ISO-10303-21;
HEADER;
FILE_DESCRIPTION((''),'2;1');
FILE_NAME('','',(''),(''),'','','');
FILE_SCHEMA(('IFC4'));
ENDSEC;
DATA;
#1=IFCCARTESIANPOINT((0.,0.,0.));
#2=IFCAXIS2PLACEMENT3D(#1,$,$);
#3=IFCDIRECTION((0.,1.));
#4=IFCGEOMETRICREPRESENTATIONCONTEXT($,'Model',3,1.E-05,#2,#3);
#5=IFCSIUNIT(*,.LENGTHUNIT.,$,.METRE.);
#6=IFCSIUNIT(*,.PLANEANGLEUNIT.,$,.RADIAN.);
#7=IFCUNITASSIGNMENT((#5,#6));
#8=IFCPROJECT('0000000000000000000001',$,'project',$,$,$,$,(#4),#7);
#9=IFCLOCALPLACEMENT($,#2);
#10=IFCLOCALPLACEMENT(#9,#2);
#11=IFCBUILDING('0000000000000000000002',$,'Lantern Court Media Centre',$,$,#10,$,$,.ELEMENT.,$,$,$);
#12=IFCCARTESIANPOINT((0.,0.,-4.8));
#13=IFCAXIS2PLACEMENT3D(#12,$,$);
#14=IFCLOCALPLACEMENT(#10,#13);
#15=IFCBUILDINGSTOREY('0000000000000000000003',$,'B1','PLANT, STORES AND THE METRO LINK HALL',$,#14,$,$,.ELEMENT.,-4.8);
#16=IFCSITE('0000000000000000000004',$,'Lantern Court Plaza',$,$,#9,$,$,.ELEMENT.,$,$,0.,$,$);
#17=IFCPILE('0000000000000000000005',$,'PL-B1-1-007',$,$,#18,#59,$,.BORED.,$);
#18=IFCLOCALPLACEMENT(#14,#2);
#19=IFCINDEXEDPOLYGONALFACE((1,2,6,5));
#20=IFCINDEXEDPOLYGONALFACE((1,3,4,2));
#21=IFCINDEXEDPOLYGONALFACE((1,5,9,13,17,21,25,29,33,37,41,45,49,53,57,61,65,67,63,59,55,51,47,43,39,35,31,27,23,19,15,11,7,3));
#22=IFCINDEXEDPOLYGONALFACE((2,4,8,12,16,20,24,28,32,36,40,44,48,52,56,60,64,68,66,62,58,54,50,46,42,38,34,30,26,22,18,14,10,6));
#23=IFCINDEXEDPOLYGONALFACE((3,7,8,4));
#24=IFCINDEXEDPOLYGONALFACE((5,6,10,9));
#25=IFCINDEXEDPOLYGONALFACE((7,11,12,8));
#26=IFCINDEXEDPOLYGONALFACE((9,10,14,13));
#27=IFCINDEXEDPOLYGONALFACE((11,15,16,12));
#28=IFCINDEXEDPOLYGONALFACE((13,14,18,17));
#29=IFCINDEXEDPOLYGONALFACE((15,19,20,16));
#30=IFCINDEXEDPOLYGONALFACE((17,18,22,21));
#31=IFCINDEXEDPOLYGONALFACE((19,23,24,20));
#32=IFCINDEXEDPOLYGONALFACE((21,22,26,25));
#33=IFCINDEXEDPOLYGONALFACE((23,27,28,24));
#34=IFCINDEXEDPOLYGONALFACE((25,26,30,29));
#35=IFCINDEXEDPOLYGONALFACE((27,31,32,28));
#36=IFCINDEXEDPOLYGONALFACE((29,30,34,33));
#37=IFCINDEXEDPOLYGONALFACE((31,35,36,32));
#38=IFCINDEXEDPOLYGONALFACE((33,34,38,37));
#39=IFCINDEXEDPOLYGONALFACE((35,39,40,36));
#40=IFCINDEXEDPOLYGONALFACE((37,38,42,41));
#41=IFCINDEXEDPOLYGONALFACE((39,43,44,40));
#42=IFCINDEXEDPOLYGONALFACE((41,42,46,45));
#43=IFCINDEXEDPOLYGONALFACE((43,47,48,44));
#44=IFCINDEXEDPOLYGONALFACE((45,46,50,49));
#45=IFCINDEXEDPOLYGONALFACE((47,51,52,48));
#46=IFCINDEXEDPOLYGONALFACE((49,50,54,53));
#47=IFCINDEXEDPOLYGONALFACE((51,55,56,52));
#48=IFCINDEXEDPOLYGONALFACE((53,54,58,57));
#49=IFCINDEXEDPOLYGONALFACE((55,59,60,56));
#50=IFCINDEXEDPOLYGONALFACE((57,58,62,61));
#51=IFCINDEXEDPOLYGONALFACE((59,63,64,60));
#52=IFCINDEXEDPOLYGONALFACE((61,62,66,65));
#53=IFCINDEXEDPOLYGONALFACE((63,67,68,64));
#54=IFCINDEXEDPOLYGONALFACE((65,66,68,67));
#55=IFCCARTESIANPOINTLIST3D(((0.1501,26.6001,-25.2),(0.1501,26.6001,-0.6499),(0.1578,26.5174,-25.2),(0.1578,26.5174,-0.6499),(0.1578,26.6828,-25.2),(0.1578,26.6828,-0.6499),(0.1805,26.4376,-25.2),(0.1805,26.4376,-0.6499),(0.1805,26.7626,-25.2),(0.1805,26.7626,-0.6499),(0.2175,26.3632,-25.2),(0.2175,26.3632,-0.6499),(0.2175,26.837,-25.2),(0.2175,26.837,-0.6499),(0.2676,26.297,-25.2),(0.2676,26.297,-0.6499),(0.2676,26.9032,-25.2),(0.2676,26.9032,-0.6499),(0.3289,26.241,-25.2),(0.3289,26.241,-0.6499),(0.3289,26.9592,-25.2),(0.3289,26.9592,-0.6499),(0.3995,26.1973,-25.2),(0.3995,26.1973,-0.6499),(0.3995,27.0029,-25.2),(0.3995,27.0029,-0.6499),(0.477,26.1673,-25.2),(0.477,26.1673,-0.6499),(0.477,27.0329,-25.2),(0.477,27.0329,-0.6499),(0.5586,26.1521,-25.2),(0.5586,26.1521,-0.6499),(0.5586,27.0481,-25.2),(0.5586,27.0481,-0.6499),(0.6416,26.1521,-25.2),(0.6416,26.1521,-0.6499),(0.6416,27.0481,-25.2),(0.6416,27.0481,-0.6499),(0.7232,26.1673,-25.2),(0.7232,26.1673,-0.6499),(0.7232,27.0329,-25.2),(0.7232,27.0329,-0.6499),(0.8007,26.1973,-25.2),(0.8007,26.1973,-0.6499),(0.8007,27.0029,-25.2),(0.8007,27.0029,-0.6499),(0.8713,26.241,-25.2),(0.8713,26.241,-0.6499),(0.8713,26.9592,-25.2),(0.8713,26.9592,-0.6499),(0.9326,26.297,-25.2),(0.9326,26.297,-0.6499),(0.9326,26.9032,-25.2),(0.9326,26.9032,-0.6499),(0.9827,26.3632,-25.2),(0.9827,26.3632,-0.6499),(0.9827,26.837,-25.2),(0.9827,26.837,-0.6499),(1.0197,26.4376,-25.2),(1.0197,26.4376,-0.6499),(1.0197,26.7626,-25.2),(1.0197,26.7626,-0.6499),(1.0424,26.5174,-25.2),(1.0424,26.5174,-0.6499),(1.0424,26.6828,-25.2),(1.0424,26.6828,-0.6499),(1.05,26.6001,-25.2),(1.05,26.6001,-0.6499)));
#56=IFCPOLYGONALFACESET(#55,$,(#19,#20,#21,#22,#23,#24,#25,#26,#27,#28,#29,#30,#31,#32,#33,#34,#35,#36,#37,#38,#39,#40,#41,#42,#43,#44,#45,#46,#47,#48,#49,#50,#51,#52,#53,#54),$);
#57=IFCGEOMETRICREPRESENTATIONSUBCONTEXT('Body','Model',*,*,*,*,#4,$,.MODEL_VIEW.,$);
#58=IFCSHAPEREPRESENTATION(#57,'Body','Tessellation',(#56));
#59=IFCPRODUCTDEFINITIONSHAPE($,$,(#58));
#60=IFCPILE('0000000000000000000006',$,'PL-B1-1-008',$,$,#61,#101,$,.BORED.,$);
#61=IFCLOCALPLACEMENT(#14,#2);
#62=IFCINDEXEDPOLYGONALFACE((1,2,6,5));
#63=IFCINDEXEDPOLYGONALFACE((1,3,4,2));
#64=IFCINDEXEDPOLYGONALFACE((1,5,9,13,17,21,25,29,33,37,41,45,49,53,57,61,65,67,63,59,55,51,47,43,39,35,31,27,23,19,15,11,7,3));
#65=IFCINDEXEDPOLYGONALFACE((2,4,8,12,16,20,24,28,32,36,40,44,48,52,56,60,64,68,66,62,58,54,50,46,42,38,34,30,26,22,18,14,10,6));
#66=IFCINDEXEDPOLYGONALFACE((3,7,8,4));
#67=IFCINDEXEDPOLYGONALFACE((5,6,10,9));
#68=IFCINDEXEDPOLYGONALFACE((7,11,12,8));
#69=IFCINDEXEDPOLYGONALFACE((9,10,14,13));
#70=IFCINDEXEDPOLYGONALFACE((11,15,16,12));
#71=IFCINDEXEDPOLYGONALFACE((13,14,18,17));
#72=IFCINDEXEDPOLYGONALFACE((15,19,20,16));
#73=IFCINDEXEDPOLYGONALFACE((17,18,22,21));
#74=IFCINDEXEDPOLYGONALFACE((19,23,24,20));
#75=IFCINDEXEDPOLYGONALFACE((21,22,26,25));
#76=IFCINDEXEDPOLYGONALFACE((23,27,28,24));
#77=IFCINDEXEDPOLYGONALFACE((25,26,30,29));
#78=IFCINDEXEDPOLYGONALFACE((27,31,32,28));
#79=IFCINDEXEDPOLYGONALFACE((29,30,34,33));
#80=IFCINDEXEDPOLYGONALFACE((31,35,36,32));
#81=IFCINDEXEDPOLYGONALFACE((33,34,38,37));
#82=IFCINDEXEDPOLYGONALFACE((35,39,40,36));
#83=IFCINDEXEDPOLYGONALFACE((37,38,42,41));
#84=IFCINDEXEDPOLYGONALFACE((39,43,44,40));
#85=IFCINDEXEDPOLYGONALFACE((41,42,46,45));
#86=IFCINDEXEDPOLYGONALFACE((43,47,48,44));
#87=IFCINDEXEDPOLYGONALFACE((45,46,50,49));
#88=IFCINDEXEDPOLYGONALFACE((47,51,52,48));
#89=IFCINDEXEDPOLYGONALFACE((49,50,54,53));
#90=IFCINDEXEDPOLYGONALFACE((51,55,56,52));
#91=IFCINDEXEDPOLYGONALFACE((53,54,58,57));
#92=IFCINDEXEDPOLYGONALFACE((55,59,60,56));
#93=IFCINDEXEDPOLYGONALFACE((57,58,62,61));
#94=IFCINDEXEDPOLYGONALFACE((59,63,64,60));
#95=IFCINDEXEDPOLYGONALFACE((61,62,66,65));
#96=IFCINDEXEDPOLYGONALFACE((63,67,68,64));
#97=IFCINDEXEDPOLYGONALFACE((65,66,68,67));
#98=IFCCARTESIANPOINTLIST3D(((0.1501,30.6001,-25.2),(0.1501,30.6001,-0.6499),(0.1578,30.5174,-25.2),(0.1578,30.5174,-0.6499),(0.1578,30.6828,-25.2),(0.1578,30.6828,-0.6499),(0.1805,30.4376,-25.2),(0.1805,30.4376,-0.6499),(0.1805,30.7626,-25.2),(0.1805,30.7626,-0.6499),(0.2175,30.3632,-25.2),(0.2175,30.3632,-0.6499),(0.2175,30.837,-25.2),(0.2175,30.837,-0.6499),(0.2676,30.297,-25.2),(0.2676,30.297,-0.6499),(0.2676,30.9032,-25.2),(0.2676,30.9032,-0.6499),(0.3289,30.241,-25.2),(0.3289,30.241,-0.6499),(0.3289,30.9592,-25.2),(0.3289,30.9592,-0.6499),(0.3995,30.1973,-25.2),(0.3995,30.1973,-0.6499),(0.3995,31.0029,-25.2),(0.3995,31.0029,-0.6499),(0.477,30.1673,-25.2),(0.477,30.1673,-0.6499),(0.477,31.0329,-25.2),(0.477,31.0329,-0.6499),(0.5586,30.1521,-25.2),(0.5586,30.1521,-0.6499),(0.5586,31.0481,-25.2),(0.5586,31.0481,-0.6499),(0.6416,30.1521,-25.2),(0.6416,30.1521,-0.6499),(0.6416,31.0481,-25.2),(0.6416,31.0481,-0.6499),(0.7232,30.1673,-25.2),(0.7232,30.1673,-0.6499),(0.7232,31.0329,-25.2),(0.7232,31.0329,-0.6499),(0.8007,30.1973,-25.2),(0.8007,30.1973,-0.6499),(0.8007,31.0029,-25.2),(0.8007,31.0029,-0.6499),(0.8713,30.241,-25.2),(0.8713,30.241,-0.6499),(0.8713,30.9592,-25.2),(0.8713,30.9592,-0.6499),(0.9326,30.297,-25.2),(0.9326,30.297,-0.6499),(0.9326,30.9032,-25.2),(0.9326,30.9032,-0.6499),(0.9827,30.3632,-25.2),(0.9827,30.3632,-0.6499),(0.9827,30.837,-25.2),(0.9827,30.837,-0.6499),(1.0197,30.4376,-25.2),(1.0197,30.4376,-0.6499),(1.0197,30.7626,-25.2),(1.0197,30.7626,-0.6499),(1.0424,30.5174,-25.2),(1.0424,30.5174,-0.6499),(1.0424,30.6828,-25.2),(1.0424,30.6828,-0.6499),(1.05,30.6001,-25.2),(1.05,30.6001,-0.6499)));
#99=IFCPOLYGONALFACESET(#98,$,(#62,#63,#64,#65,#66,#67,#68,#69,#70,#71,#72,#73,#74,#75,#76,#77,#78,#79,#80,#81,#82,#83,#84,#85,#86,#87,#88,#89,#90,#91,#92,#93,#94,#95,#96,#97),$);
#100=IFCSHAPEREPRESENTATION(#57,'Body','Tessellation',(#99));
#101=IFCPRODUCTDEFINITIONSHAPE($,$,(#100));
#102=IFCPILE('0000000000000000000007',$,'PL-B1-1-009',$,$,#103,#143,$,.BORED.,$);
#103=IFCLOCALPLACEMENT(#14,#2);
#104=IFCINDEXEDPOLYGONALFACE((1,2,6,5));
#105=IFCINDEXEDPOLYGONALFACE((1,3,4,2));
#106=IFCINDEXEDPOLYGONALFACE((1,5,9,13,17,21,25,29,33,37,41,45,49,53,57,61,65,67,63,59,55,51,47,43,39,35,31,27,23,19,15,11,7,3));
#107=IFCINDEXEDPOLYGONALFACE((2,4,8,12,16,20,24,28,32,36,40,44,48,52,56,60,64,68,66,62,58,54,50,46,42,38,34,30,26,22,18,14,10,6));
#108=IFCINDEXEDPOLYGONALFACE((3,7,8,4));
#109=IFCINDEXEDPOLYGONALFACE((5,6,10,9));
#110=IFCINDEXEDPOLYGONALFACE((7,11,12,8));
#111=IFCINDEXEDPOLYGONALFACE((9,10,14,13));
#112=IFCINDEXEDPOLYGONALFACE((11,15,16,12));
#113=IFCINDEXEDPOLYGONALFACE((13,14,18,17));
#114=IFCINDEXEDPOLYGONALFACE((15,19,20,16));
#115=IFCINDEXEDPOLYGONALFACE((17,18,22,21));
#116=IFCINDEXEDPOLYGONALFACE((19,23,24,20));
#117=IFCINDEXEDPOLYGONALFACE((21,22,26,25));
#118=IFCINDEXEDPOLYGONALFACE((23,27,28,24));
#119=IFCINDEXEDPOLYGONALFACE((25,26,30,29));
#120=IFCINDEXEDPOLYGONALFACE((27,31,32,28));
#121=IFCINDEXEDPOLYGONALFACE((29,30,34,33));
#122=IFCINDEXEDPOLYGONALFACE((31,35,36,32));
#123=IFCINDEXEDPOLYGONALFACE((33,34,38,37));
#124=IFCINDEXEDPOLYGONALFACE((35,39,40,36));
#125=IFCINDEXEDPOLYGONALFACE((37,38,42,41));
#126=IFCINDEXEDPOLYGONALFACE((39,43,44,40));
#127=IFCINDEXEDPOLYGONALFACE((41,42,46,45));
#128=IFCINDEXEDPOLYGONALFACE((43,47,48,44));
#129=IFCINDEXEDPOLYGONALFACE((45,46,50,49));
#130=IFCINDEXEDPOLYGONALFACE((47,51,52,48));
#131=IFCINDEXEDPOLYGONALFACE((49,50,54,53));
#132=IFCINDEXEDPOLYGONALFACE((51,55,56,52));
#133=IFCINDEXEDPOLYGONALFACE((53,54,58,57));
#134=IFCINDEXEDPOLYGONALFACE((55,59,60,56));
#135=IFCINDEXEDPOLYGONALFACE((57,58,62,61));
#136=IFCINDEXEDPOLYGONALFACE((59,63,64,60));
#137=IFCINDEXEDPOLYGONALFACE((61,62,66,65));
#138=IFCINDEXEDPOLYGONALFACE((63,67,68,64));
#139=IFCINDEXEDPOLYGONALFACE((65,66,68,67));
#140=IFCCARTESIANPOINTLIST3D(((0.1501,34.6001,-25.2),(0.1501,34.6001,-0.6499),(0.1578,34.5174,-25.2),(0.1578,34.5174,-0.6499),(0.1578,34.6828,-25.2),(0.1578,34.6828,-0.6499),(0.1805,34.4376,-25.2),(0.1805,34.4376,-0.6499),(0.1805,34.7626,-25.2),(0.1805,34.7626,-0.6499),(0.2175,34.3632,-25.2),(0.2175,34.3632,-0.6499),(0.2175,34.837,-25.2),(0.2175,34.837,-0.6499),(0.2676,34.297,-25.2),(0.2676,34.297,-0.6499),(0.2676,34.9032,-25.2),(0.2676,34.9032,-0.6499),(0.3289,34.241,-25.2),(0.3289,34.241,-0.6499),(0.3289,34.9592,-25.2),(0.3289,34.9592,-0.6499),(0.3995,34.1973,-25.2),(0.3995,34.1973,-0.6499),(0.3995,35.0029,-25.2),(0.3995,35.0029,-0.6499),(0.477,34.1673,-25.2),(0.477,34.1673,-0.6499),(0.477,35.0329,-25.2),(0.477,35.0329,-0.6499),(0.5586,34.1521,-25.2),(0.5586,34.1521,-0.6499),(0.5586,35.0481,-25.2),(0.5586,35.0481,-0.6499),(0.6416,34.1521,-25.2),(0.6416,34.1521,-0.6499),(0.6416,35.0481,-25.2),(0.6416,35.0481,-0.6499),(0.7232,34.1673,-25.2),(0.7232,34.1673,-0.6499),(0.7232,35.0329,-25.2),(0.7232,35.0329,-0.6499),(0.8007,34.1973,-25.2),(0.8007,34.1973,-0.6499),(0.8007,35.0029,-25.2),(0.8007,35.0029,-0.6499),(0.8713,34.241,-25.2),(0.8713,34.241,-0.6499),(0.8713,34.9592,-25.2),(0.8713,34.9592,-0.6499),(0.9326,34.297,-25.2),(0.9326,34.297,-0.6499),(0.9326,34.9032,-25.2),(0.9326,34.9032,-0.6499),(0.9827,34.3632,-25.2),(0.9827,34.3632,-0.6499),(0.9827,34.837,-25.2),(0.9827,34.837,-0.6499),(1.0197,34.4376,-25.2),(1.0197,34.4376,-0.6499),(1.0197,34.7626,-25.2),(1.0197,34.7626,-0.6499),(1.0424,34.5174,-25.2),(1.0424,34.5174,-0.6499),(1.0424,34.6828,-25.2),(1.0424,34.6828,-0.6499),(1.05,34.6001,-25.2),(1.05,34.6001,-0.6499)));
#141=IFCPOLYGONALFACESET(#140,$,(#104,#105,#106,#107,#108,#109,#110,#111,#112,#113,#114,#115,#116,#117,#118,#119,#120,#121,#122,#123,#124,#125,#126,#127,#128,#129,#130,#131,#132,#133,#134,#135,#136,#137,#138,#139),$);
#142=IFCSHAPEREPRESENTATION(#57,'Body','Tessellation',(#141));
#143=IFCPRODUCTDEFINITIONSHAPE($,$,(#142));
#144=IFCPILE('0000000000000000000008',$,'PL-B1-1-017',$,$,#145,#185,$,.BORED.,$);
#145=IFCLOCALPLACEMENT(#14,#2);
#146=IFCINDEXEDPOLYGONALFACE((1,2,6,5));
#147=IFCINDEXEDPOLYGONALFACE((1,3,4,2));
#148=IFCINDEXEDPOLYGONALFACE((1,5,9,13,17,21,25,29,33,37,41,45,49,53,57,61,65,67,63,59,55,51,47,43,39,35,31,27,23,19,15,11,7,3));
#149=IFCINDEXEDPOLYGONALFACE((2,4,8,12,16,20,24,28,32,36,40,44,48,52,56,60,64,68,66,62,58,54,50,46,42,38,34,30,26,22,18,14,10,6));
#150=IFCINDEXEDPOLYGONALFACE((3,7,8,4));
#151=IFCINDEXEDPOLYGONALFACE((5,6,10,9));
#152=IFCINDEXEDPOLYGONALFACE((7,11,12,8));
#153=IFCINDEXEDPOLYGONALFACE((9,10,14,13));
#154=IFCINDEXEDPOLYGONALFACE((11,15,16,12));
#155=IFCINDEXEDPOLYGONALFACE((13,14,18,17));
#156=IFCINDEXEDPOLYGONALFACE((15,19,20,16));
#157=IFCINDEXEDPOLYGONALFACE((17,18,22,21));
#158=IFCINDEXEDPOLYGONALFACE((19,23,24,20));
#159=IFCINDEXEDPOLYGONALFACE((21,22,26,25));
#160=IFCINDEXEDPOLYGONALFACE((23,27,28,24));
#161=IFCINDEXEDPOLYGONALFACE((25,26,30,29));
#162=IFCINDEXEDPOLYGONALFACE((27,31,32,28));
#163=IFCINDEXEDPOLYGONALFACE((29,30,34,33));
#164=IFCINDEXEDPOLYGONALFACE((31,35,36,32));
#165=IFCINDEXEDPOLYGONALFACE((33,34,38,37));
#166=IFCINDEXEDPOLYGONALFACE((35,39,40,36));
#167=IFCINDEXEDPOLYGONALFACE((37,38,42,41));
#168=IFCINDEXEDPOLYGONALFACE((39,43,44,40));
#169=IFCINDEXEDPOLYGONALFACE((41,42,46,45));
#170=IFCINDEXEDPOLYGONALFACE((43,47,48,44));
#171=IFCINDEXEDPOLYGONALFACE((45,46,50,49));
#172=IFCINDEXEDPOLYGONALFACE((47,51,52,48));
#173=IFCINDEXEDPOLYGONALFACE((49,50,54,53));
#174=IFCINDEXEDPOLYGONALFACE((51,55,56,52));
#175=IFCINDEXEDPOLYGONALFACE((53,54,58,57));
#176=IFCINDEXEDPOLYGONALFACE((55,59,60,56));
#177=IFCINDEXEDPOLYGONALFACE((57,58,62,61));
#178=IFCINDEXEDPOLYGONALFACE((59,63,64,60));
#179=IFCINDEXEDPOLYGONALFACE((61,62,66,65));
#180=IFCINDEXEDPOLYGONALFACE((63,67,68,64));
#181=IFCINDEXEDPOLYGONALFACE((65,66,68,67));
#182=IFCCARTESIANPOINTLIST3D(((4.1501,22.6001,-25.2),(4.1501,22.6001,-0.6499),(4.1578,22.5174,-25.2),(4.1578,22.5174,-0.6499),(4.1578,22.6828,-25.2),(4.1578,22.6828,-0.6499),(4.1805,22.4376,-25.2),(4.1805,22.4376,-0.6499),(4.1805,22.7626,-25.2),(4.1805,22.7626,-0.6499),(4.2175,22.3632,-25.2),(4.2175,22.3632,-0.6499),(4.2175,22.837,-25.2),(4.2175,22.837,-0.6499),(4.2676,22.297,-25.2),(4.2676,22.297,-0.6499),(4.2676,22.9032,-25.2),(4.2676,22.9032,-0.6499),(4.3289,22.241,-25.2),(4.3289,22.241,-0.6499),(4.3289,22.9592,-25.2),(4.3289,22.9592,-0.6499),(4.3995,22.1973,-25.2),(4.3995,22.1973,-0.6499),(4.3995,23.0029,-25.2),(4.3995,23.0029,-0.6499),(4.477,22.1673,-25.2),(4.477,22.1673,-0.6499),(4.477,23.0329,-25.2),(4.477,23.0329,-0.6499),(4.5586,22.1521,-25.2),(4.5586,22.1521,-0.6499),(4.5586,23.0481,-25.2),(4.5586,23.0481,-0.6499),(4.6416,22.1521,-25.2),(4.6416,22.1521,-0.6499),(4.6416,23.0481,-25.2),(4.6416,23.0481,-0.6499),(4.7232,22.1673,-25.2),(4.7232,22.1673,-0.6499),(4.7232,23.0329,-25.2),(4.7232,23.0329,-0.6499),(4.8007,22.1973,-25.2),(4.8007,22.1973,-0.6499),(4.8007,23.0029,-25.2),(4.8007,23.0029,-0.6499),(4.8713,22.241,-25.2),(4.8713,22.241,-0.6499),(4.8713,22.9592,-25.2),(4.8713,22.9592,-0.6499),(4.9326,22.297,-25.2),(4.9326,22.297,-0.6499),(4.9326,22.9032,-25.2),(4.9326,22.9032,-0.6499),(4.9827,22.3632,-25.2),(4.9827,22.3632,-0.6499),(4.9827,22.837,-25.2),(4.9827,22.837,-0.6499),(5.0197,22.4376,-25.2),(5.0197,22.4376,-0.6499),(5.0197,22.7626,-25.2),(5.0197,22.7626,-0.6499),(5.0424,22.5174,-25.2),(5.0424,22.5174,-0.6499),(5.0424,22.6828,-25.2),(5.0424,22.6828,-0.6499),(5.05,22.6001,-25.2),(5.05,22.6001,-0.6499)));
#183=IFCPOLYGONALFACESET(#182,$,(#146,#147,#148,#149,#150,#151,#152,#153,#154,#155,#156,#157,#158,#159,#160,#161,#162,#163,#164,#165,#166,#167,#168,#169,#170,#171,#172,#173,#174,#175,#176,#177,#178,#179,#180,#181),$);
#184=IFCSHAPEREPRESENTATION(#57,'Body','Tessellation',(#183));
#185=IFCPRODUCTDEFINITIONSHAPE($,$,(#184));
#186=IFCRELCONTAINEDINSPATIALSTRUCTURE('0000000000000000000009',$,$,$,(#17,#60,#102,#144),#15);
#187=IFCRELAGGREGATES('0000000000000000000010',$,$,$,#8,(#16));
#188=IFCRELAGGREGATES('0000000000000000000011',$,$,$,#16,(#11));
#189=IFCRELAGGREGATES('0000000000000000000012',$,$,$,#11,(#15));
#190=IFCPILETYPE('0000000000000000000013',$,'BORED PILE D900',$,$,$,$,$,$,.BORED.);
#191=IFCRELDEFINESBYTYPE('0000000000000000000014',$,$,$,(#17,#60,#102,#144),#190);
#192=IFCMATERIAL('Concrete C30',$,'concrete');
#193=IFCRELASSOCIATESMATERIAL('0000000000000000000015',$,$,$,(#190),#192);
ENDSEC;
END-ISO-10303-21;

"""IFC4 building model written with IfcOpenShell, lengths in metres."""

from ifc_helpers import new_model, si_unit, direction, frame, origin, origin_2d, place, context, subcontext, project, spatial, circle, extrude, material, material_profile, profile_set, type_object, element, save


model = new_model("IFC4")

# Units and contexts
model_context = context("Model", 3, precision=1e-05, world=origin(), true_north=direction((0.0, 1.0)))
body_context = subcontext(model_context, "Body", "Model", "MODEL_VIEW")
ifc_project = project(units=[si_unit("LENGTHUNIT", "METRE"), si_unit("PLANEANGLEUNIT", "RADIAN")], contexts=[model_context])

# Site, building, storey
site_placement = place(None, origin())
site = spatial("IfcSite", under=ifc_project, at=site_placement, Name="Lantern Court Plaza", CompositionType="ELEMENT", RefElevation=0.0)
building_placement = place(site_placement, origin())
building = spatial("IfcBuilding", under=site, at=building_placement, Name="Lantern Court Media Centre", CompositionType="ELEMENT")
storey_placement = place(building_placement, frame((0.0, 0.0, -4.8)))
storey = spatial("IfcBuildingStorey", under=building, at=storey_placement, Name="B1", Description="PLANT, STORES AND THE METRO LINK HALL", CompositionType="ELEMENT", Elevation=-4.8)

# Piles
ifc_material_1 = material(Name="Concrete C30", Category="concrete")
ifc_material_profile_1 = material_profile(ifc_material_1, circle(Radius=0.45, at=origin_2d()), Name="D900")
ifc_profile_set_1 = profile_set([ifc_material_profile_1], Name="Concrete C30")
pile_type = type_object("IfcPileType", Name="BORED PILE D900", PredefinedType="BORED", material=ifc_profile_set_1)
for number, where, z_axis, x_axis, name in (
    (1, (0.6001, 26.6001, -0.6499), (0.0, 0.0, -1.0), (1.0, 0.0, 0.0), "PL-B1-1-007"),
    (2, (0.6001, 30.6001, -0.6499), (0.0, 0.0, -1.0), (1.0, 0.0, 0.0), "PL-B1-1-008"),
    (3, (0.6001, 34.6001, -0.6499), (0.0, 0.0, -1.0), (1.0, 0.0, 0.0), "PL-B1-1-009"),
    (4, (4.6001, 22.6001, -0.6499), (0.0, 0.0, -1.0), (1.0, 0.0, 0.0), "PL-B1-1-017"),
):
    element("IfcPile", number, at=place(storey_placement, frame(where, z_axis=z_axis, x_axis=x_axis)), inside=storey, type_object=pile_type, Name=name, PredefinedType="BORED", context=body_context, shape_type="SweptSolid", body=[
        extrude(circle(Radius=0.45, at=origin_2d()), origin(), (0.0, 0.0, 1.0), 24.55),
    ])

save(model, "model.ifc")
